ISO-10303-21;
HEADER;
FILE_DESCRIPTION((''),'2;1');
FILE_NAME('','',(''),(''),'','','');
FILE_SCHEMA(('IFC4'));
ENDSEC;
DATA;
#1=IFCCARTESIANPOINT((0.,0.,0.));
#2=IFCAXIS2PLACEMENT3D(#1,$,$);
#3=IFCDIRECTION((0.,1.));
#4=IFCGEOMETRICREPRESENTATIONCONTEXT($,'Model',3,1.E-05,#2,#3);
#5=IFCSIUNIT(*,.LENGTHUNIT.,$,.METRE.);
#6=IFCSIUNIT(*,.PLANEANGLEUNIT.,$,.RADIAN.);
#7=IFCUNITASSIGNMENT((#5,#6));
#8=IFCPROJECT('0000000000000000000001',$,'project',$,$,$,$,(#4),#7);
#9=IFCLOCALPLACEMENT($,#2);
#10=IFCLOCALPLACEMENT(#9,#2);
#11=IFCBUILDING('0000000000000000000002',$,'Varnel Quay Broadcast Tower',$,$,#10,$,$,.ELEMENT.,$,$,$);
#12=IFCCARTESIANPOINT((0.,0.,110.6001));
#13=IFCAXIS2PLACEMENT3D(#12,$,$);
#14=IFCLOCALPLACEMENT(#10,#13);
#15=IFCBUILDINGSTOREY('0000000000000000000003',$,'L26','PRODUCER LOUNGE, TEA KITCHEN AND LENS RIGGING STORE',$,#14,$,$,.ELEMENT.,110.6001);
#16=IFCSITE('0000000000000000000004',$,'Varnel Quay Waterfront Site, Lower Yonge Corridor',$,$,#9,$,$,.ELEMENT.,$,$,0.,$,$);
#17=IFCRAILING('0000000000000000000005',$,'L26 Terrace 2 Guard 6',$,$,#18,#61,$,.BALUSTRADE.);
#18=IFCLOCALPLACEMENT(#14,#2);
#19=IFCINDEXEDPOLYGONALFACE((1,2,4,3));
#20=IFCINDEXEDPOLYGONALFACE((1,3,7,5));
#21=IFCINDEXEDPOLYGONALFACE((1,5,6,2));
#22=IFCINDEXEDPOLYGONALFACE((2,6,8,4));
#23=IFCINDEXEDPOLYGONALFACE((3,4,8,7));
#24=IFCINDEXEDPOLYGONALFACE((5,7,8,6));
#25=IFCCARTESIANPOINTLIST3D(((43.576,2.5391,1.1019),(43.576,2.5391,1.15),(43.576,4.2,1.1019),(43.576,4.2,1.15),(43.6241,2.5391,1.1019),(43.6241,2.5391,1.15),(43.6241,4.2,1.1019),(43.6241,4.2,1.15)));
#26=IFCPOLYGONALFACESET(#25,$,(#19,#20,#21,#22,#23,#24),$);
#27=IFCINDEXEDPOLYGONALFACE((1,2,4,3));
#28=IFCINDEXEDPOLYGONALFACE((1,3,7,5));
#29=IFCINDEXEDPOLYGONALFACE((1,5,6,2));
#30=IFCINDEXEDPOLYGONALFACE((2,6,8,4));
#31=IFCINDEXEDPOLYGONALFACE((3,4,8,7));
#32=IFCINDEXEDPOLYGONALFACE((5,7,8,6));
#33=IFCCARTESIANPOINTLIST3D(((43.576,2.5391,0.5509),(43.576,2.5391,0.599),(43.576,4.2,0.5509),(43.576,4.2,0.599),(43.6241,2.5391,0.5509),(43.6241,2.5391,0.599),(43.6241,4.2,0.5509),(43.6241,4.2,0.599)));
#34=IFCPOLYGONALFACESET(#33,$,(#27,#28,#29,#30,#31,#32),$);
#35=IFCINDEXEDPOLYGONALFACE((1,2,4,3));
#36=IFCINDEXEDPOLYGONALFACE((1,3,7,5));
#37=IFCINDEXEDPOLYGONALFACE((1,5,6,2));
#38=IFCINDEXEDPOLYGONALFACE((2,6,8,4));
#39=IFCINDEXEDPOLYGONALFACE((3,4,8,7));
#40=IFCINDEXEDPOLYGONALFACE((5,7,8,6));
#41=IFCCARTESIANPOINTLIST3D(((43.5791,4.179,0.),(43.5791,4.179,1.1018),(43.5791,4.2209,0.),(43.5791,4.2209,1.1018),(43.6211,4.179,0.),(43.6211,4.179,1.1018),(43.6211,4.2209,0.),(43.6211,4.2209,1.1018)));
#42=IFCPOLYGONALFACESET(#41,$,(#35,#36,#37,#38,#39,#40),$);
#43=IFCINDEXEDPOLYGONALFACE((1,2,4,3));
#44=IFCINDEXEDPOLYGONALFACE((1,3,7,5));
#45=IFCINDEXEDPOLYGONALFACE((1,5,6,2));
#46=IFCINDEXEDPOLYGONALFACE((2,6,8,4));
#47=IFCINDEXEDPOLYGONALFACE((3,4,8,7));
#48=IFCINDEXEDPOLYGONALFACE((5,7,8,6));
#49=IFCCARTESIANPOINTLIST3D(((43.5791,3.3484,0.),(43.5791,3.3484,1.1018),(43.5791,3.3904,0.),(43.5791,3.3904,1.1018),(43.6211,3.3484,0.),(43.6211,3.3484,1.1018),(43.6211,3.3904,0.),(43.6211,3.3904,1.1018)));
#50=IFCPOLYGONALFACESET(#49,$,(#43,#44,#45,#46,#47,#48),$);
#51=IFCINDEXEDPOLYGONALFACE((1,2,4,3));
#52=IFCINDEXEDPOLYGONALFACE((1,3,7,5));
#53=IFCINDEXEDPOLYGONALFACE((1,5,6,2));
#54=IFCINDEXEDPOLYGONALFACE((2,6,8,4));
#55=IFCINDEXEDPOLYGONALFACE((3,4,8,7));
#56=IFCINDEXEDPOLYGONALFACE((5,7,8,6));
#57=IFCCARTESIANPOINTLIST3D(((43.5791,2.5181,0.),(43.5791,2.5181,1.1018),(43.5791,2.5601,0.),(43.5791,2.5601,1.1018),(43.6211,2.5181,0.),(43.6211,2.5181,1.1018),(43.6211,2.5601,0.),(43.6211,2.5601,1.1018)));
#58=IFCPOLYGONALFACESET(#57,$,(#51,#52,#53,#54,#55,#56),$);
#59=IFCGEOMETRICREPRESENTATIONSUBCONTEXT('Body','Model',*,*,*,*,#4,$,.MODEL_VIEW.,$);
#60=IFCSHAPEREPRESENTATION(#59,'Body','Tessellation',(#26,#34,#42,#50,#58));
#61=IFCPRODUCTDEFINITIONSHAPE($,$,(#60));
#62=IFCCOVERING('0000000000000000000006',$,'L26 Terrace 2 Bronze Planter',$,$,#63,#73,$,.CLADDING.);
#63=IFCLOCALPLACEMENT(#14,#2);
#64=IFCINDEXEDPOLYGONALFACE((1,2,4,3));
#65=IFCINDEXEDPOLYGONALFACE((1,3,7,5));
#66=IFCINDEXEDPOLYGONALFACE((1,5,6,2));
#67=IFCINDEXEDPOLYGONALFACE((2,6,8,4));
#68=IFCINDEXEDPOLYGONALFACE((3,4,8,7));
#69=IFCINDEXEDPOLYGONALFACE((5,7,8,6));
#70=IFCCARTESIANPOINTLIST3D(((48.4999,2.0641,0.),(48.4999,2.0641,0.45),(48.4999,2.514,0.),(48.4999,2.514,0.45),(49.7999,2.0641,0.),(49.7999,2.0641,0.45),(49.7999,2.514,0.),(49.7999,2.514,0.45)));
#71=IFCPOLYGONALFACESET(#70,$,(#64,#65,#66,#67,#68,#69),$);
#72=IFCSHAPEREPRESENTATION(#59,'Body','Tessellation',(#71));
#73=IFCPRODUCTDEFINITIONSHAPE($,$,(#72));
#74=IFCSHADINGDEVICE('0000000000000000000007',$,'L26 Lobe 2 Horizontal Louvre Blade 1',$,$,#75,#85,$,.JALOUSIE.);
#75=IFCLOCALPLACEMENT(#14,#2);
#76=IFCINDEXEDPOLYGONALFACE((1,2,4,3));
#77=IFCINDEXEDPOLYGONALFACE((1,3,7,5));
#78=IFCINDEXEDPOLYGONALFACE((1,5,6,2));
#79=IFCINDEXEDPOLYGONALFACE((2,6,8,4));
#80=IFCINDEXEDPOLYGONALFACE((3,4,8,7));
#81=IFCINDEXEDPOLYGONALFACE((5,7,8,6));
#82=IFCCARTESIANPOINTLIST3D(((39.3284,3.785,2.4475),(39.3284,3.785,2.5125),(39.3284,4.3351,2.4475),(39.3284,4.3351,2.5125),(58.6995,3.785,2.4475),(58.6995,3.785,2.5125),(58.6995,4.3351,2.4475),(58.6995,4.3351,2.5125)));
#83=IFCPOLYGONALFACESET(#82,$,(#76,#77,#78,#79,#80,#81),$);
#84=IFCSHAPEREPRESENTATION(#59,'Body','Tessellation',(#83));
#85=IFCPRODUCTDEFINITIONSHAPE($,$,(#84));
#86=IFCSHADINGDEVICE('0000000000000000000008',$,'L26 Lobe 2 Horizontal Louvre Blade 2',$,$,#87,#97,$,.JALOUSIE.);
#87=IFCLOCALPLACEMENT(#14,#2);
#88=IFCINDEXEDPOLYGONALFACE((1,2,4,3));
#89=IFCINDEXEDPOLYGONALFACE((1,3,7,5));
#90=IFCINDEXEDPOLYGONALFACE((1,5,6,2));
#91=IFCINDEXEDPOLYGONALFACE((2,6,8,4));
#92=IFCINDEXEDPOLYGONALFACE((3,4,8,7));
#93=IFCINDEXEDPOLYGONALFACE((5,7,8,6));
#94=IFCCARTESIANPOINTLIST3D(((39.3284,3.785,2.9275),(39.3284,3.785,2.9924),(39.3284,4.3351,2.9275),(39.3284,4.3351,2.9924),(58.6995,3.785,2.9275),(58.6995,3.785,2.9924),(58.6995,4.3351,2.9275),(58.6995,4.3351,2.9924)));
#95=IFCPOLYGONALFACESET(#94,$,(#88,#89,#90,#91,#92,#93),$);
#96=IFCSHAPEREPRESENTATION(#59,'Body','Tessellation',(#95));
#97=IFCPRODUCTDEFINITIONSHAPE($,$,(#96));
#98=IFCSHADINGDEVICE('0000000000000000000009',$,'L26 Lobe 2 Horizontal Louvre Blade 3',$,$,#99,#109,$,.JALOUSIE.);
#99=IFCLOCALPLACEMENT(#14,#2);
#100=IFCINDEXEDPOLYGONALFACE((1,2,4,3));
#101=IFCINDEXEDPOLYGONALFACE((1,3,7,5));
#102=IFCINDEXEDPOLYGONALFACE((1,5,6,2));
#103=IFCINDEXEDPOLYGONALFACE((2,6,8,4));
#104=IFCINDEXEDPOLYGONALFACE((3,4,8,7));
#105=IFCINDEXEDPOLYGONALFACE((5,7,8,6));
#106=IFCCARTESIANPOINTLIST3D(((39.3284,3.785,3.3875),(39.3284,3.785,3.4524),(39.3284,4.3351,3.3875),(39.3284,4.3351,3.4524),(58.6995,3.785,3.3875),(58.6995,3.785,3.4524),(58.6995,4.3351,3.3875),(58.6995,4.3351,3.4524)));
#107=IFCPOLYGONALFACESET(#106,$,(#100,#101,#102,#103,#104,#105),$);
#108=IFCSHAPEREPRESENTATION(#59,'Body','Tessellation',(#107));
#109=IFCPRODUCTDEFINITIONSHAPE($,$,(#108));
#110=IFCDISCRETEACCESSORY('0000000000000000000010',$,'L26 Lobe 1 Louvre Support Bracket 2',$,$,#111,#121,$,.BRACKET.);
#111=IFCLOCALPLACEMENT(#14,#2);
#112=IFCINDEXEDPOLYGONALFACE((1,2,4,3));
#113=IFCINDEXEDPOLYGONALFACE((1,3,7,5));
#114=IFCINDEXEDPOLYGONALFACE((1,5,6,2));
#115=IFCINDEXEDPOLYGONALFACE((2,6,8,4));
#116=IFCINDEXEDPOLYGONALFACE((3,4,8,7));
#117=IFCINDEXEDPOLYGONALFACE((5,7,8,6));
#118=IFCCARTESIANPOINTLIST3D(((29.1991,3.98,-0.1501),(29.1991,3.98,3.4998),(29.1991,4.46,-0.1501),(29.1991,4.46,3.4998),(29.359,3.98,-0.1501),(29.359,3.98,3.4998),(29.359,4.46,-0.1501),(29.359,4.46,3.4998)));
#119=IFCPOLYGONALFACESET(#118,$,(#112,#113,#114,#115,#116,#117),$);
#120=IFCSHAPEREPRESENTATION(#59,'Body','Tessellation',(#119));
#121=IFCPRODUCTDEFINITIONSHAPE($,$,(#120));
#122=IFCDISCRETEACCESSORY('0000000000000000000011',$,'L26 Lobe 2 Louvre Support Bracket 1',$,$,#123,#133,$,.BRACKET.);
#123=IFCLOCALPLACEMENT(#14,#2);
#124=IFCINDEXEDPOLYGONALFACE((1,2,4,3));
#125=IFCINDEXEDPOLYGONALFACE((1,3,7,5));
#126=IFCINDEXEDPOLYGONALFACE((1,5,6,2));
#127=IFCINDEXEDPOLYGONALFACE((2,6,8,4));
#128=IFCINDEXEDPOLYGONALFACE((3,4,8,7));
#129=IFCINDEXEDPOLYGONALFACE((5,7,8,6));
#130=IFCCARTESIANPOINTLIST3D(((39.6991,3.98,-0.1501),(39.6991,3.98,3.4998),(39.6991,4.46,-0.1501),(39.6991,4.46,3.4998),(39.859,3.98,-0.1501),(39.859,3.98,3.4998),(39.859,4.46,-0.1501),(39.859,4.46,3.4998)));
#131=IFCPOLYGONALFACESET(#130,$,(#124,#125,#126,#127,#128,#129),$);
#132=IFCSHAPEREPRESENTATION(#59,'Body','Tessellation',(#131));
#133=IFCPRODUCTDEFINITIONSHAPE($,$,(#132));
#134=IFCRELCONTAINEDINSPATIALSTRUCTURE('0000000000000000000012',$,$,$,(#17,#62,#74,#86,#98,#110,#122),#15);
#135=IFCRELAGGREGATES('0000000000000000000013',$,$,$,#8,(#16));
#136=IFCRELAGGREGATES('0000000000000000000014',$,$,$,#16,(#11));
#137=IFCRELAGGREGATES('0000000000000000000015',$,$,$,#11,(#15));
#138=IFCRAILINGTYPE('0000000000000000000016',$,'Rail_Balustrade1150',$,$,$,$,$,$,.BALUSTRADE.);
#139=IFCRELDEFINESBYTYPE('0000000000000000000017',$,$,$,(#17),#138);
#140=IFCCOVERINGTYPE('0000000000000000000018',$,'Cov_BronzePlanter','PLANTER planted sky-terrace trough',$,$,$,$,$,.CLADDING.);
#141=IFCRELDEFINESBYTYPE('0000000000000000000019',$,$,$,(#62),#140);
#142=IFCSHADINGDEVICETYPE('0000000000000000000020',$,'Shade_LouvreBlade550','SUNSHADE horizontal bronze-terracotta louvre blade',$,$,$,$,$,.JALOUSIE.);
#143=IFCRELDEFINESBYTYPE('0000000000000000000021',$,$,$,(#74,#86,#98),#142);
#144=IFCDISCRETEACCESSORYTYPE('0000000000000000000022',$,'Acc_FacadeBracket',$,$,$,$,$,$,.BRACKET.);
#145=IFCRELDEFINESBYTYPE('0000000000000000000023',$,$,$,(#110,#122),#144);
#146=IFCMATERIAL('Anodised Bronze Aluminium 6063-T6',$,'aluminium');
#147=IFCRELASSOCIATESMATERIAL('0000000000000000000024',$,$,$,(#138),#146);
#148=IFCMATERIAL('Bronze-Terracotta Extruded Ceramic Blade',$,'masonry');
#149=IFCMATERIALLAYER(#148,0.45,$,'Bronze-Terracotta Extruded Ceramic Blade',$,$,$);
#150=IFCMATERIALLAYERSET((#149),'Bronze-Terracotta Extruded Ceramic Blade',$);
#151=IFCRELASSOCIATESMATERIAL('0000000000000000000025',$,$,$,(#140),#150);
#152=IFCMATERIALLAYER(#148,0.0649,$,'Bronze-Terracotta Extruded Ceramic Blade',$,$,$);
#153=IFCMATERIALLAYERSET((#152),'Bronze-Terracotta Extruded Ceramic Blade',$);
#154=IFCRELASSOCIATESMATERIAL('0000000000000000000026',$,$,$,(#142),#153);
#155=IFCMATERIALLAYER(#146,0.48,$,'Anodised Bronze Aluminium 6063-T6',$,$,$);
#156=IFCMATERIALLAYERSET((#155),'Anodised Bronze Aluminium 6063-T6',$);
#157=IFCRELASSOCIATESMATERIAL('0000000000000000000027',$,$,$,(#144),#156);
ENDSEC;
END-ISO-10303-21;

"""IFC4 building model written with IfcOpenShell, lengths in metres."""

from ifc_helpers import new_model, si_unit, direction, frame, origin, origin_2d, place, context, subcontext, project, spatial, rectangle, extrude, source, transform, mapped, material, layer, layer_set, type_object, type_shapes, element, save


model = new_model("IFC4")

# Units and contexts
model_context = context("Model", 3, precision=1e-05, world=origin(), true_north=direction((0.0, 1.0)))
body_context = subcontext(model_context, "Body", "Model", "MODEL_VIEW")
ifc_project = project(units=[si_unit("LENGTHUNIT", "METRE"), si_unit("PLANEANGLEUNIT", "RADIAN")], contexts=[model_context])

# Site, building, storey
site_placement = place(None, origin())
site = spatial("IfcSite", under=ifc_project, at=site_placement, Name="Varnel Quay Waterfront Site, Lower Yonge Corridor", CompositionType="ELEMENT", RefElevation=0.0)
building_placement = place(site_placement, origin())
building = spatial("IfcBuilding", under=site, at=building_placement, Name="Varnel Quay Broadcast Tower", CompositionType="ELEMENT")
storey_placement = place(building_placement, frame((0.0, 0.0, 110.6001)))
storey = spatial("IfcBuildingStorey", under=building, at=storey_placement, Name="L26", Description="PRODUCER LOUNGE, TEA KITCHEN AND LENS RIGGING STORE", CompositionType="ELEMENT", Elevation=110.6001)

# Shared definitions
ifc_material_1 = material(Name="Anodised Bronze Aluminium 6063-T6", Category="aluminium")

# Railing
railing_type = type_object("IfcRailingType", Name="Rail_Balustrade1150", PredefinedType="BALUSTRADE", material=ifc_material_1)
railing_1_placement = place(storey_placement, frame((43.6001, 4.2, 0.0)))
element("IfcRailing", 1, at=railing_1_placement, inside=storey, type_object=railing_type, Name="L26 Terrace 2 Guard 6", PredefinedType="BALUSTRADE", context=body_context, shape_type="SweptSolid", body=[
    extrude(rectangle(XDim=0.0481, YDim=0.0481, at=origin_2d()), frame((0.0, 0.0, 1.126), z_axis=(0.0, -1.0, 0.0), x_axis=(1.0, 0.0, 0.0)), (0.0, 0.0, 1.0), 1.6609),
    extrude(rectangle(XDim=0.0481, YDim=0.0481, at=origin_2d()), frame((0.0, 0.0, 0.575), z_axis=(0.0, -1.0, 0.0), x_axis=(1.0, 0.0, 0.0)), (0.0, 0.0, 1.0), 1.6609),
    extrude(rectangle(XDim=0.042, YDim=0.042, at=origin_2d()), origin(), (0.0, 0.0, 1.0), 1.1018),
    extrude(rectangle(XDim=0.042, YDim=0.042, at=origin_2d()), frame((0.0, -0.8306, 0.0)), (0.0, 0.0, 1.0), 1.1018),
    extrude(rectangle(XDim=0.042, YDim=0.042, at=origin_2d()), frame((0.0, -1.6609, 0.0)), (0.0, 0.0, 1.0), 1.1018),
])

# Covering
ifc_material_2 = material(Name="Bronze-Terracotta Extruded Ceramic Blade", Category="masonry")
ifc_layer_1 = layer(ifc_material_2, 0.45, Name="Bronze-Terracotta Extruded Ceramic Blade")
ifc_layer_set_1 = layer_set([ifc_layer_1], Name="Bronze-Terracotta Extruded Ceramic Blade")
covering_type = type_object("IfcCoveringType", Name="Cov_BronzePlanter", Description="PLANTER planted sky-terrace trough", PredefinedType="CLADDING", material=ifc_layer_set_1)
shared_shape_1 = source(origin(), body_context, "Body", "SweptSolid", [
    extrude(rectangle(XDim=1.3, YDim=0.45, at=origin_2d()), origin(), (0.0, 0.0, 1.0), 0.45),
])
type_shapes(covering_type, [shared_shape_1])
covering_placement = place(storey_placement, frame((49.1499, 2.2891, 0.0), z_axis=(0.0, 0.0, 1.0), x_axis=(1.0, 0.0, 0.0)))
element("IfcCovering", 2, at=covering_placement, inside=storey, type_object=covering_type, Name="L26 Terrace 2 Bronze Planter", PredefinedType="CLADDING", context=body_context, shape_type="MappedRepresentation", body=[
    mapped(shared_shape_1, transform((0.0, 0.0, 0.0), x_axis=(1.0, 0.0, 0.0), y_axis=(0.0, 1.0, 0.0), z_axis=(0.0, 0.0, 1.0), scale=1.0)),
])

# Shading devices
ifc_layer_2 = layer(ifc_material_2, 0.0649, Name="Bronze-Terracotta Extruded Ceramic Blade")
ifc_layer_set_2 = layer_set([ifc_layer_2], Name="Bronze-Terracotta Extruded Ceramic Blade")
shading_device_type = type_object("IfcShadingDeviceType", Name="Shade_LouvreBlade550", Description="SUNSHADE horizontal bronze-terracotta louvre blade", PredefinedType="JALOUSIE", material=ifc_layer_set_2)
shared_shape_2 = source(origin(), body_context, "Body", "SweptSolid", [
    extrude(rectangle(XDim=19.3711, YDim=0.55, at=origin_2d()), origin(), (0.0, 0.0, 1.0), 0.0649),
])
type_shapes(shading_device_type, [shared_shape_2])
for number, where, z_axis, x_axis, name in (
    (3, (49.0139, 4.0601, 2.4475), (0.0, 0.0, 1.0), (1.0, 0.0, 0.0), "L26 Lobe 2 Horizontal Louvre Blade 1"),
    (4, (49.0139, 4.0601, 2.9275), (0.0, 0.0, 1.0), (1.0, 0.0, 0.0), "L26 Lobe 2 Horizontal Louvre Blade 2"),
    (5, (49.0139, 4.0601, 3.3875), (0.0, 0.0, 1.0), (1.0, 0.0, 0.0), "L26 Lobe 2 Horizontal Louvre Blade 3"),
):
    element("IfcShadingDevice", number, at=place(storey_placement, frame(where, z_axis=z_axis, x_axis=x_axis)), inside=storey, type_object=shading_device_type, Name=name, PredefinedType="JALOUSIE", context=body_context, shape_type="MappedRepresentation", body=[
        mapped(shared_shape_2, transform((0.0, 0.0, 0.0), x_axis=(1.0, 0.0, 0.0), y_axis=(0.0, 1.0, 0.0), z_axis=(0.0, 0.0, 1.0), scale=1.0)),
    ])

# Discrete accessories
ifc_layer_3 = layer(ifc_material_1, 0.48, Name="Anodised Bronze Aluminium 6063-T6")
ifc_layer_set_3 = layer_set([ifc_layer_3], Name="Anodised Bronze Aluminium 6063-T6")
discrete_accessory_type = type_object("IfcDiscreteAccessoryType", Name="Acc_FacadeBracket", PredefinedType="BRACKET", material=ifc_layer_set_3)
shared_shape_3 = source(origin(), body_context, "Body", "SweptSolid", [
    extrude(rectangle(XDim=0.1599, YDim=0.48, at=origin_2d()), origin(), (0.0, 0.0, 1.0), 3.6499),
])
type_shapes(discrete_accessory_type, [shared_shape_3])
for number, where, z_axis, x_axis, name in (
    (6, (29.2791, 4.22, -0.1501), (0.0, 0.0, 1.0), (1.0, 0.0, 0.0), "L26 Lobe 1 Louvre Support Bracket 2"),
    (7, (39.7791, 4.22, -0.1501), (0.0, 0.0, 1.0), (1.0, 0.0, 0.0), "L26 Lobe 2 Louvre Support Bracket 1"),
):
    element("IfcDiscreteAccessory", number, at=place(storey_placement, frame(where, z_axis=z_axis, x_axis=x_axis)), inside=storey, type_object=discrete_accessory_type, Name=name, PredefinedType="BRACKET", context=body_context, shape_type="MappedRepresentation", body=[
        mapped(shared_shape_3, transform((0.0, 0.0, 0.0), x_axis=(1.0, 0.0, 0.0), y_axis=(0.0, 1.0, 0.0), z_axis=(0.0, 0.0, 1.0), scale=1.0)),
    ])

save(model, "model.ifc")
